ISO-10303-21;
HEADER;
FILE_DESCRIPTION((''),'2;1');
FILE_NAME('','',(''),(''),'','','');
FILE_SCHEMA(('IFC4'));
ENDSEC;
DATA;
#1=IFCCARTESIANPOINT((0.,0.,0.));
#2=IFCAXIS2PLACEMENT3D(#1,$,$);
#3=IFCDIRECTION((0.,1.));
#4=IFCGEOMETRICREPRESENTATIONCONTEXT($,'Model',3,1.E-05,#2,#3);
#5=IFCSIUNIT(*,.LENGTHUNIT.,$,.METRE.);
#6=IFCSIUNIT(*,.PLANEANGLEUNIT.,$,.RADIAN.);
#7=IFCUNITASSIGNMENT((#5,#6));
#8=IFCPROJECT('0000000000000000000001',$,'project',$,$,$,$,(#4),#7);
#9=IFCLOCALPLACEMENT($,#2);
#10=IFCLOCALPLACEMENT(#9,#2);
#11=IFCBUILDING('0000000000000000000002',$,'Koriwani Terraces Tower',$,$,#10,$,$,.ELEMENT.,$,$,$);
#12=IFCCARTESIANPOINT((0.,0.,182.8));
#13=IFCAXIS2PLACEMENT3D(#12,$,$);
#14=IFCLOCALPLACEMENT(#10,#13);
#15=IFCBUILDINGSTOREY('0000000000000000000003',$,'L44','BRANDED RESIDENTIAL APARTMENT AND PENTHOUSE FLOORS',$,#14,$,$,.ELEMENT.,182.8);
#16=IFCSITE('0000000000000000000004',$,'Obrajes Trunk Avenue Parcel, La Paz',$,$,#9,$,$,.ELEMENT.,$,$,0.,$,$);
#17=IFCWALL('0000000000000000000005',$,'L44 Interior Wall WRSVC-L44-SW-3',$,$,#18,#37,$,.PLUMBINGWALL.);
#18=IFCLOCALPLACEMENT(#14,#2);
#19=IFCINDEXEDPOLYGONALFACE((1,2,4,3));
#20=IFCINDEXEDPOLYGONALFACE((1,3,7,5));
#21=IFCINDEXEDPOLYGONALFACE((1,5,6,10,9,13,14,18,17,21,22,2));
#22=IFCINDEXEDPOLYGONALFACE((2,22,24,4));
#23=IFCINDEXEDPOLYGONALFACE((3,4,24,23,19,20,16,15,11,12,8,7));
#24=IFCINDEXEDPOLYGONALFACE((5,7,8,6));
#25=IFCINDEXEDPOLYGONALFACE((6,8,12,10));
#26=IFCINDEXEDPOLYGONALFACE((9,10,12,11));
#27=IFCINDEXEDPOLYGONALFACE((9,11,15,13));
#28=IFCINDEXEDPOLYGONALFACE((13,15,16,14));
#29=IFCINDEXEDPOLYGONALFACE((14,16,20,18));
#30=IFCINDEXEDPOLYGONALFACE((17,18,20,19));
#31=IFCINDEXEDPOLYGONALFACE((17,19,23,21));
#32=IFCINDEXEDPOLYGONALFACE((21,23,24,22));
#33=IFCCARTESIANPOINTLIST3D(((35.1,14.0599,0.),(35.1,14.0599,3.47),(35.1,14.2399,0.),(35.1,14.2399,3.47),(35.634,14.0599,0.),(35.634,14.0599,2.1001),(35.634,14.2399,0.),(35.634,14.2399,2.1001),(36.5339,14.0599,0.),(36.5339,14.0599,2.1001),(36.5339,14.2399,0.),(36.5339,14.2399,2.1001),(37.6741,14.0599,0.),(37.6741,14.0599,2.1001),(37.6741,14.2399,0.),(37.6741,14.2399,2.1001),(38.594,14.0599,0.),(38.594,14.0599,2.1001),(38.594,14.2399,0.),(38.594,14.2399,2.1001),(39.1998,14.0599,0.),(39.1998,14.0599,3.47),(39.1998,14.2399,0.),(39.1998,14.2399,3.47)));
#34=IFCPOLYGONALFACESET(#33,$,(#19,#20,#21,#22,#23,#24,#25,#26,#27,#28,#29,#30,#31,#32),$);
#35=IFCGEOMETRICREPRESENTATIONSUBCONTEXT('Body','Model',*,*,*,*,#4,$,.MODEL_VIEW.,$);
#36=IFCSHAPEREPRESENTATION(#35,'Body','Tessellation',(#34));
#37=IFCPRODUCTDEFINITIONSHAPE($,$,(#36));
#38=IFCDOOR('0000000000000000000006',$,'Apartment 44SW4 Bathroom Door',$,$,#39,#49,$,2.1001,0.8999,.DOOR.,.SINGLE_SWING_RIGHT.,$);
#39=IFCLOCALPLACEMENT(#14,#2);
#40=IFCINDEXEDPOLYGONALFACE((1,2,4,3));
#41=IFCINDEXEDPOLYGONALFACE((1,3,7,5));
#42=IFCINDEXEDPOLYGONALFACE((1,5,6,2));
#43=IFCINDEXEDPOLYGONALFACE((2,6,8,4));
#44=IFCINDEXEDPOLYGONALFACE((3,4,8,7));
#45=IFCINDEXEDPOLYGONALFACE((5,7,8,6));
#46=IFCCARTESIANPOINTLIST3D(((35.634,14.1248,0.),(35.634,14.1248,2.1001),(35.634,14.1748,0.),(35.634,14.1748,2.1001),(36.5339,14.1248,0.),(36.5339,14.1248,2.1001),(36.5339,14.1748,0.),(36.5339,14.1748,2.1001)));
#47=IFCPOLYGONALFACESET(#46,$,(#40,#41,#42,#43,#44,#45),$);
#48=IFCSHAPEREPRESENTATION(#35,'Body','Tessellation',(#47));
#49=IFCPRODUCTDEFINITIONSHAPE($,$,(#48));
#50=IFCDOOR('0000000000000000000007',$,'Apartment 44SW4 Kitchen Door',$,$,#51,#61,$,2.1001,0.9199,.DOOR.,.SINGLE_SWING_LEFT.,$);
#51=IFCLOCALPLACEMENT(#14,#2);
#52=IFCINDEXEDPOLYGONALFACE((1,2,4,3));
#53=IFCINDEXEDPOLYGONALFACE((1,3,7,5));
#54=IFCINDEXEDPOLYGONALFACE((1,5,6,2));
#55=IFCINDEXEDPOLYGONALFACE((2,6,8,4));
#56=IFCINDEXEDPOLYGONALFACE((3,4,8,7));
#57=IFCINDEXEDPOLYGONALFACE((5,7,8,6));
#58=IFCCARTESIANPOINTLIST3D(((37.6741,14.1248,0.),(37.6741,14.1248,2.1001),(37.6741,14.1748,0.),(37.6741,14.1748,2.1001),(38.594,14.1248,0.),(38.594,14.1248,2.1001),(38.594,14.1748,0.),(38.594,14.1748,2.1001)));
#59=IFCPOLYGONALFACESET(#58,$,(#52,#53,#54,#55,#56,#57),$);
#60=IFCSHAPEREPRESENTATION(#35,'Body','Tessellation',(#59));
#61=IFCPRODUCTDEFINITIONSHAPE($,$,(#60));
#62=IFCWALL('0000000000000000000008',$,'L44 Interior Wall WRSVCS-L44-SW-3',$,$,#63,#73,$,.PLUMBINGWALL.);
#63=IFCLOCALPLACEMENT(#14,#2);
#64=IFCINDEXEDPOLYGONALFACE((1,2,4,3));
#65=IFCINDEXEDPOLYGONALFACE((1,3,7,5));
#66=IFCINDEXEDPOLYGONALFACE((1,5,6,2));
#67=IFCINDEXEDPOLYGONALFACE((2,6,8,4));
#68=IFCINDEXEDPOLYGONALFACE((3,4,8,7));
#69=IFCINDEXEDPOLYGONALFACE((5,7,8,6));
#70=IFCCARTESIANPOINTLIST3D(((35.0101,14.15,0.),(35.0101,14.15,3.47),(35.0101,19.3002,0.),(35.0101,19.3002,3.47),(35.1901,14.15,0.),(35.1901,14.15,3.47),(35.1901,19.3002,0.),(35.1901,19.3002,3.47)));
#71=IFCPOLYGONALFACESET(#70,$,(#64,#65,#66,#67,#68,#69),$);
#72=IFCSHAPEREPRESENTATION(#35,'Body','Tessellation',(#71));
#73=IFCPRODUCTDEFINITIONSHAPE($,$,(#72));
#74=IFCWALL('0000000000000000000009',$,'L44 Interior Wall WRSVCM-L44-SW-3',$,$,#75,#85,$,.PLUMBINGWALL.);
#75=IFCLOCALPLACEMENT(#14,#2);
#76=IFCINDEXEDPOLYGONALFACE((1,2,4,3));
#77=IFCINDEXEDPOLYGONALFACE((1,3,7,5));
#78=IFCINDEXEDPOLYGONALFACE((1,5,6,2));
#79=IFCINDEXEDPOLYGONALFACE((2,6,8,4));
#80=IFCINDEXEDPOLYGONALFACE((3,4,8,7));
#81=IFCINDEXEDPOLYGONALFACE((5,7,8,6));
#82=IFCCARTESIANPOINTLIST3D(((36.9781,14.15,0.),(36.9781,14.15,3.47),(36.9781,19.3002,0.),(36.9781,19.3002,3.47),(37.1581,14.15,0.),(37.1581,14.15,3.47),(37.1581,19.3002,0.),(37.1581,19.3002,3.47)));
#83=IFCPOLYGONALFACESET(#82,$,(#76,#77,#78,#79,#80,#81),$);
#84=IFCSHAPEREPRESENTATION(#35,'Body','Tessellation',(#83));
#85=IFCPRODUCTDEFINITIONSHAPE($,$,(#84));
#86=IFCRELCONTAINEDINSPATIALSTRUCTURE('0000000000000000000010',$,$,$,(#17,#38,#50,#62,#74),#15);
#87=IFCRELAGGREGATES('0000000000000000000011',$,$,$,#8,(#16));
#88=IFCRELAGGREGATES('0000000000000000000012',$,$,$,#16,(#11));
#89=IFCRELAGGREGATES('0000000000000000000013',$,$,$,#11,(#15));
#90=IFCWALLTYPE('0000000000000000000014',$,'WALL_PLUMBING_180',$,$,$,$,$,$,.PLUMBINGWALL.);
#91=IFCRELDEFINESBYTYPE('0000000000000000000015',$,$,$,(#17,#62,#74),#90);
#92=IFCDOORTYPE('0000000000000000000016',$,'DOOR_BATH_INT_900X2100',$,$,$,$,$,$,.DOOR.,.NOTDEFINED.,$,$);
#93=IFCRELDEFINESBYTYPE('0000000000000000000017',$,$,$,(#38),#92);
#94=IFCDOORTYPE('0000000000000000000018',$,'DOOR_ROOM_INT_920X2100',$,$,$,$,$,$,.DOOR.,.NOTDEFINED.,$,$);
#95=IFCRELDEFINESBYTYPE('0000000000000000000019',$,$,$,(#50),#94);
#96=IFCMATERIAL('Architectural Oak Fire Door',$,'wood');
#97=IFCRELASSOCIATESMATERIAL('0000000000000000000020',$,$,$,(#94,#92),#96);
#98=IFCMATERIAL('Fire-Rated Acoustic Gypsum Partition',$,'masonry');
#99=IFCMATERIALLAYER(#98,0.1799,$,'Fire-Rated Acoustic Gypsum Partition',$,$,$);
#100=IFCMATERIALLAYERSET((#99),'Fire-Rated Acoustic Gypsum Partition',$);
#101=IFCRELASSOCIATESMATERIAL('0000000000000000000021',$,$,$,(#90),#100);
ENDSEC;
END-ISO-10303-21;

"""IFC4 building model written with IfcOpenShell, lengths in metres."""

from ifc_helpers import new_model, si_unit, direction, frame, frame_2d, origin, place, context, subcontext, project, spatial, rectangle, extrude, material, layer, layer_set, type_object, element, fill, save


model = new_model("IFC4")

# Units and contexts
model_context = context("Model", 3, precision=1e-05, world=origin(), true_north=direction((0.0, 1.0)))
body_context = subcontext(model_context, "Body", "Model", "MODEL_VIEW")
ifc_project = project(units=[si_unit("LENGTHUNIT", "METRE"), si_unit("PLANEANGLEUNIT", "RADIAN")], contexts=[model_context])

# Site, building, storey
site_placement = place(None, origin())
site = spatial("IfcSite", under=ifc_project, at=site_placement, Name="Obrajes Trunk Avenue Parcel, La Paz", CompositionType="ELEMENT", RefElevation=0.0)
building_placement = place(site_placement, origin())
building = spatial("IfcBuilding", under=site, at=building_placement, Name="Koriwani Terraces Tower", CompositionType="ELEMENT")
storey_placement = place(building_placement, frame((0.0, 0.0, 182.8)))
storey = spatial("IfcBuildingStorey", under=building, at=storey_placement, Name="L44", Description="BRANDED RESIDENTIAL APARTMENT AND PENTHOUSE FLOORS", CompositionType="ELEMENT", Elevation=182.8)

# Shared definitions
ifc_material_1 = material(Name="Architectural Oak Fire Door", Category="wood")
door_type_1 = type_object("IfcDoorType", Name="DOOR_ROOM_INT_920X2100", OperationType="NOTDEFINED", PredefinedType="DOOR", material=ifc_material_1)

# Wall, openings, doors
ifc_material_2 = material(Name="Fire-Rated Acoustic Gypsum Partition", Category="masonry")
ifc_layer_1 = layer(ifc_material_2, 0.1799, Name="Fire-Rated Acoustic Gypsum Partition")
ifc_layer_set_1 = layer_set([ifc_layer_1], Name="Fire-Rated Acoustic Gypsum Partition")
wall_type_1 = type_object("IfcWallType", Name="WALL_PLUMBING_180", PredefinedType="PLUMBINGWALL", material=ifc_layer_set_1)
wall_1_placement = place(storey_placement, frame((35.1001, 14.1499, 0.0), z_axis=(0.0, 0.0, 1.0), x_axis=(1.0, 0.0, 0.0)))
wall_1 = element("IfcWall", 1, at=wall_1_placement, inside=storey, type_object=wall_type_1, Name="L44 Interior Wall WRSVC-L44-SW-3", PredefinedType="PLUMBINGWALL", context=body_context, shape_type="SweptSolid", body=[
    extrude(rectangle(XDim=4.0999, YDim=0.1799, at=frame_2d((2.0498, 0.0))), origin(), (0.0, 0.0, 1.0), 3.47),
])
opening_1_placement = place(wall_1_placement, frame((0.5339, 0.0, 0.0)))
opening_1 = element("IfcOpeningElement", 2, at=opening_1_placement, cuts=wall_1, PredefinedType="OPENING", context=body_context, shape_type="SweptSolid", body=[
    extrude(rectangle(XDim=0.8999, YDim=2.1001, at=frame_2d((0.45, 1.05))), frame((0.0, 0.1001, 0.0), z_axis=(0.0, -1.0, 0.0), x_axis=(1.0, 0.0, 0.0)), (0.0, 0.0, 1.0), 0.2),
])
opening_2_placement = place(wall_1_placement, frame((2.574, 0.0, 0.0)))
opening_2 = element("IfcOpeningElement", 3, at=opening_2_placement, cuts=wall_1, PredefinedType="OPENING", context=body_context, shape_type="SweptSolid", body=[
    extrude(rectangle(XDim=0.9199, YDim=2.1001, at=frame_2d((0.46, 1.05))), frame((0.0, 0.1001, 0.0), z_axis=(0.0, -1.0, 0.0), x_axis=(1.0, 0.0, 0.0)), (0.0, 0.0, 1.0), 0.2),
])
door_type_2 = type_object("IfcDoorType", Name="DOOR_BATH_INT_900X2100", OperationType="NOTDEFINED", PredefinedType="DOOR", material=ifc_material_1)
door_1_placement = place(opening_1_placement, origin())
door_1 = element("IfcDoor", 4, at=door_1_placement, inside=storey, type_object=door_type_2, Name="Apartment 44SW4 Bathroom Door", OperationType="SINGLE_SWING_RIGHT", OverallHeight=2.1001, OverallWidth=0.8999, PredefinedType="DOOR", context=body_context, shape_type="SweptSolid", body=[
    extrude(rectangle(XDim=0.8999, YDim=2.1001, at=frame_2d((0.45, 1.05))), frame((0.0, 0.0249, 0.0), z_axis=(0.0, -1.0, 0.0), x_axis=(1.0, 0.0, 0.0)), (0.0, 0.0, 1.0), 0.05),
])
fill(opening_1, door_1)
door_2_placement = place(opening_2_placement, origin())
door_2 = element("IfcDoor", 5, at=door_2_placement, inside=storey, type_object=door_type_1, Name="Apartment 44SW4 Kitchen Door", OperationType="SINGLE_SWING_LEFT", OverallHeight=2.1001, OverallWidth=0.9199, PredefinedType="DOOR", context=body_context, shape_type="SweptSolid", body=[
    extrude(rectangle(XDim=0.9199, YDim=2.1001, at=frame_2d((0.46, 1.05))), frame((0.0, 0.0249, 0.0), z_axis=(0.0, -1.0, 0.0), x_axis=(1.0, 0.0, 0.0)), (0.0, 0.0, 1.0), 0.05),
])
fill(opening_2, door_2)

# Walls
for number, where, z_axis, x_axis, name in (
    (6, (35.1001, 14.1499, 0.0), (0.0, 0.0, 1.0), (0.0, 1.0, 0.0), "L44 Interior Wall WRSVCS-L44-SW-3"),
    (7, (37.0681, 14.1499, 0.0), (0.0, 0.0, 1.0), (0.0, 1.0, 0.0), "L44 Interior Wall WRSVCM-L44-SW-3"),
):
    element("IfcWall", number, at=place(storey_placement, frame(where, z_axis=z_axis, x_axis=x_axis)), inside=storey, type_object=wall_type_1, Name=name, PredefinedType="PLUMBINGWALL", context=body_context, shape_type="SweptSolid", body=[
        extrude(rectangle(XDim=5.1501, YDim=0.1799, at=frame_2d((2.5752, 0.0))), origin(), (0.0, 0.0, 1.0), 3.47),
    ])

save(model, "model.ifc")
